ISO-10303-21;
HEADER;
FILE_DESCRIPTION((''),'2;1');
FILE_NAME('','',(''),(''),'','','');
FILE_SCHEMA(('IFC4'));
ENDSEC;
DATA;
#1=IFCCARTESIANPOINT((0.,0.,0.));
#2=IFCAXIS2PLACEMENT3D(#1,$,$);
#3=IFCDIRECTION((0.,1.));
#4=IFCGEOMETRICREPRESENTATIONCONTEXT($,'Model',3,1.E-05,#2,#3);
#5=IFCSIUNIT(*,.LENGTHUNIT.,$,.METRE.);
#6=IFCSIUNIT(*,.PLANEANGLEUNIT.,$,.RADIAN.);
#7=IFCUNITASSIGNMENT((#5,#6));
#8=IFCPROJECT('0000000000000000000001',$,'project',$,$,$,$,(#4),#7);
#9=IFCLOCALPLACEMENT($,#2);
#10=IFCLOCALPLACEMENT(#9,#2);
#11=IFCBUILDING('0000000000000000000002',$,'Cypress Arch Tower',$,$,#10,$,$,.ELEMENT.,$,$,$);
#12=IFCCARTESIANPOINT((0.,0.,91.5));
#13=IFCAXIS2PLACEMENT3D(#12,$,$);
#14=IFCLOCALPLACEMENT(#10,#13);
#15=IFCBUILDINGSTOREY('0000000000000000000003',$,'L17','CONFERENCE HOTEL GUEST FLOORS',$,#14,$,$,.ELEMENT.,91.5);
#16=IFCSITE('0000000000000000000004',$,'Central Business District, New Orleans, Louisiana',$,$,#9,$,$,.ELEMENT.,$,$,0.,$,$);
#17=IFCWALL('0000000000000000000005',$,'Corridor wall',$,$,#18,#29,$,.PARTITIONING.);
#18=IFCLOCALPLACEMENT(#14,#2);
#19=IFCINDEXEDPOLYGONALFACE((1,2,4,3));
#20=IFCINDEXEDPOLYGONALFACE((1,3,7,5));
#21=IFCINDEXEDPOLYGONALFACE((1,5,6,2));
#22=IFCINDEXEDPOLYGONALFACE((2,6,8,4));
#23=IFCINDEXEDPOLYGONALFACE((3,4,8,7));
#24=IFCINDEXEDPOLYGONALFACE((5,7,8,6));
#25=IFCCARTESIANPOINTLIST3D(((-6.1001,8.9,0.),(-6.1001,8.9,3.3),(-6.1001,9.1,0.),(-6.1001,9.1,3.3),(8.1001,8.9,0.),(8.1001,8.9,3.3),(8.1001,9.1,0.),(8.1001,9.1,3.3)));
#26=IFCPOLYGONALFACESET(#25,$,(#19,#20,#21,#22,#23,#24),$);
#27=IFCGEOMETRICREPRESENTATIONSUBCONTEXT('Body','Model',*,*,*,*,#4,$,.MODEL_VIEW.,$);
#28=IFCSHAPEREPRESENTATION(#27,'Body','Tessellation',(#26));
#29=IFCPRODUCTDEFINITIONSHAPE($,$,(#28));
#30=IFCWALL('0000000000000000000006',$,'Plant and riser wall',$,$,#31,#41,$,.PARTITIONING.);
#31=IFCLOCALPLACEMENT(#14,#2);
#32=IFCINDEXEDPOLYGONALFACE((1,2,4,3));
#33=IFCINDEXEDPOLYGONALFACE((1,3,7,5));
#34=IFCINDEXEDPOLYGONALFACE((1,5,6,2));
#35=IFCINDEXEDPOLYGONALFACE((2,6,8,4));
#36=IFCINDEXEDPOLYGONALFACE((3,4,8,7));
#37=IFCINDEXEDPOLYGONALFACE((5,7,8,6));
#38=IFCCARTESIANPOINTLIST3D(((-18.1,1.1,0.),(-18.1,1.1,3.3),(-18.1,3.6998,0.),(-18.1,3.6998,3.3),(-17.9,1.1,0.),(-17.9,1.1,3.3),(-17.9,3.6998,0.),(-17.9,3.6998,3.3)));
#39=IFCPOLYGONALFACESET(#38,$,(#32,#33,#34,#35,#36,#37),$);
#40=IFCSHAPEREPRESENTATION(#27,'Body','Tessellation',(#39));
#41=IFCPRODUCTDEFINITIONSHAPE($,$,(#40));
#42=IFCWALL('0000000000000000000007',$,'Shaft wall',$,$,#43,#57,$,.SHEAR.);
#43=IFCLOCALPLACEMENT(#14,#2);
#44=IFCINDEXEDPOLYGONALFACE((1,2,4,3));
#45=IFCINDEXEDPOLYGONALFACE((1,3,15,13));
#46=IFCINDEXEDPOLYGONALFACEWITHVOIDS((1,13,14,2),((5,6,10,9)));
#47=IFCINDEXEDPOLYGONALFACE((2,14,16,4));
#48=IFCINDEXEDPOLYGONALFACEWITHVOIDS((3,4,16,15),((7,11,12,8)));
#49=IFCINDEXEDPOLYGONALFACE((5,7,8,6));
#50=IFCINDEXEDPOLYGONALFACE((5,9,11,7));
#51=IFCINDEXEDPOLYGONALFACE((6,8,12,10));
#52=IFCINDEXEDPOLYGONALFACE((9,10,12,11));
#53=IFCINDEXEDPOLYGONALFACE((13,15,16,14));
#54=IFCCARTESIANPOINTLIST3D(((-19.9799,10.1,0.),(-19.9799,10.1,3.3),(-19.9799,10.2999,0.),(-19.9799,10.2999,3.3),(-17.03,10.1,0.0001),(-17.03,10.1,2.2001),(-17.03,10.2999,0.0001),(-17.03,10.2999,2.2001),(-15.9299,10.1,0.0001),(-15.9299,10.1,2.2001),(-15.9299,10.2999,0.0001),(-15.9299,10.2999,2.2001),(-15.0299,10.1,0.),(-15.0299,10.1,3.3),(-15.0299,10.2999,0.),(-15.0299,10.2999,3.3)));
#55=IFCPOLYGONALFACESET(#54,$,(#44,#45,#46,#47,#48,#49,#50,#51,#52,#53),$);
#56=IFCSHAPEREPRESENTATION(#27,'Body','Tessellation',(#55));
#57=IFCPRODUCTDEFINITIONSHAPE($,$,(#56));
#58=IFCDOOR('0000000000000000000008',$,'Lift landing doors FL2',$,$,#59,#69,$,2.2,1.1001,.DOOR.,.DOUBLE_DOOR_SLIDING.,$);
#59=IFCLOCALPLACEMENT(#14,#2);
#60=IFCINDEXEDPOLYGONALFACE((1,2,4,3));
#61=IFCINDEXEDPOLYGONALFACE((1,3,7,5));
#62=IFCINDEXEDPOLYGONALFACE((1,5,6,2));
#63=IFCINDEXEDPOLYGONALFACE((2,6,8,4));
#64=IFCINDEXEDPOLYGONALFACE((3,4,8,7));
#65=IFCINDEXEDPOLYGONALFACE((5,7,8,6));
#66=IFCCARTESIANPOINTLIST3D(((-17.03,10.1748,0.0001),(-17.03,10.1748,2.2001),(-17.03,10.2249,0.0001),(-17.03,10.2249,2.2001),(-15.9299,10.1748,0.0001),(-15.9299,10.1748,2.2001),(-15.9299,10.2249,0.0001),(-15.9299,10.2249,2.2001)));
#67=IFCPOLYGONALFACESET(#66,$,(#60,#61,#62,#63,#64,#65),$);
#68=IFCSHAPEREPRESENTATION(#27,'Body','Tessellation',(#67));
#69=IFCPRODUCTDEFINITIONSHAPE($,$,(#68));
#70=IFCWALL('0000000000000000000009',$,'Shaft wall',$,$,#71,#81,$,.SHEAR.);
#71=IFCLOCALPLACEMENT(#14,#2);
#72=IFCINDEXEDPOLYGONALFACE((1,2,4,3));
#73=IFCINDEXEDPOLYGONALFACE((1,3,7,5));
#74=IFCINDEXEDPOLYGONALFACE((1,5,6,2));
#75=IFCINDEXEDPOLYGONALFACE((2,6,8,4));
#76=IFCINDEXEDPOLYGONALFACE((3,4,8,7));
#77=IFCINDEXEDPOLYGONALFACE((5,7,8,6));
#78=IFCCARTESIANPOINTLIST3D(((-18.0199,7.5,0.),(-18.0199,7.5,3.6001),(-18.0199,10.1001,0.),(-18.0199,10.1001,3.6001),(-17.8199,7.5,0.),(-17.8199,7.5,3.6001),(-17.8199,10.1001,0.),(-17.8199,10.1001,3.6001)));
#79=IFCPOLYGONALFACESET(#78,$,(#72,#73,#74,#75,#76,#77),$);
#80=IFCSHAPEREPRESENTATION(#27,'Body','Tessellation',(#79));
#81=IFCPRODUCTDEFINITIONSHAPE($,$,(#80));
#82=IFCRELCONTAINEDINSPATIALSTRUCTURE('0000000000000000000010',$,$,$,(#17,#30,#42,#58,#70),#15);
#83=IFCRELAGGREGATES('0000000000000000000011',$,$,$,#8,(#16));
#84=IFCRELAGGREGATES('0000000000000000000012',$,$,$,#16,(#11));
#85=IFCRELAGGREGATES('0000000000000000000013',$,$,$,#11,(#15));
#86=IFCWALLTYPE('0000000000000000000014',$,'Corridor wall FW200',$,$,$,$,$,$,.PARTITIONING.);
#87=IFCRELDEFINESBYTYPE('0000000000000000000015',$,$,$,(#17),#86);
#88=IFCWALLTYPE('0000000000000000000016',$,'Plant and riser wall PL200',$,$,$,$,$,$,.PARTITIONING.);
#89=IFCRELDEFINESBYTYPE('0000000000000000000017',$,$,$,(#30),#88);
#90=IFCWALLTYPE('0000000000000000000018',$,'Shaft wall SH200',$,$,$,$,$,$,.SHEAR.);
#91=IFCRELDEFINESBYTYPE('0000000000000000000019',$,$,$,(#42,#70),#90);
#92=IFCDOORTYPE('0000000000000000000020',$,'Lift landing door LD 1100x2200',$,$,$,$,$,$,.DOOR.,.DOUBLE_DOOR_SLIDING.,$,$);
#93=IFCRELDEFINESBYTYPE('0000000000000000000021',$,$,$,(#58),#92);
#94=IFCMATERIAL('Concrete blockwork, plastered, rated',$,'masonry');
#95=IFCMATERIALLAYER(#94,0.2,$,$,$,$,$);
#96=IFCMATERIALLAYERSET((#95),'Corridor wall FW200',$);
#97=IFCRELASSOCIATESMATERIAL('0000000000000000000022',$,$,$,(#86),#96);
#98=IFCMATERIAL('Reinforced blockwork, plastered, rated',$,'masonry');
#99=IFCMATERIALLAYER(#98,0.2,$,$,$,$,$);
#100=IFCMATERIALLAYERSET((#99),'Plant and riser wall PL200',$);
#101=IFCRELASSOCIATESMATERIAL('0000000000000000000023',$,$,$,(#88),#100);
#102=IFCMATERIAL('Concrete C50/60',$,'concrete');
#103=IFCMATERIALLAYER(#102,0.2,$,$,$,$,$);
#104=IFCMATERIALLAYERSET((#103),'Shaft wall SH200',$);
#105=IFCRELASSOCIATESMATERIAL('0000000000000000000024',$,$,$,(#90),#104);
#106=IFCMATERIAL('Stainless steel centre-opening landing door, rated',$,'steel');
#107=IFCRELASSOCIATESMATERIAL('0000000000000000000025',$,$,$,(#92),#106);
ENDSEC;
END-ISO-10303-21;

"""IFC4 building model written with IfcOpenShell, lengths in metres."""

from ifc_helpers import new_model, si_unit, direction, frame, frame_2d, origin, place, context, subcontext, project, spatial, rectangle, extrude, material, layer, layer_set, type_object, element, fill, save


model = new_model("IFC4")

# Units and contexts
model_context = context("Model", 3, precision=1e-05, world=origin(), true_north=direction((0.0, 1.0)))
body_context = subcontext(model_context, "Body", "Model", "MODEL_VIEW")
ifc_project = project(units=[si_unit("LENGTHUNIT", "METRE"), si_unit("PLANEANGLEUNIT", "RADIAN")], contexts=[model_context])

# Site, building, storey
site_placement = place(None, origin())
site = spatial("IfcSite", under=ifc_project, at=site_placement, Name="Central Business District, New Orleans, Louisiana", CompositionType="ELEMENT", RefElevation=0.0)
building_placement = place(site_placement, origin())
building = spatial("IfcBuilding", under=site, at=building_placement, Name="Cypress Arch Tower", CompositionType="ELEMENT")
storey_placement = place(building_placement, frame((0.0, 0.0, 91.5)))
storey = spatial("IfcBuildingStorey", under=building, at=storey_placement, Name="L17", Description="CONFERENCE HOTEL GUEST FLOORS", CompositionType="ELEMENT", Elevation=91.5)

# Shared definitions
ifc_material_1 = material(Name="Concrete blockwork, plastered, rated", Category="masonry")
ifc_layer_1 = layer(ifc_material_1, 0.2)
ifc_layer_set_1 = layer_set([ifc_layer_1], Name="Corridor wall FW200")
wall_type_1 = type_object("IfcWallType", Name="Corridor wall FW200", PredefinedType="PARTITIONING", material=ifc_layer_set_1)

# Walls
wall_1_placement = place(storey_placement, frame((-6.1001, 9.0, 0.0), z_axis=(0.0, 0.0, 1.0), x_axis=(1.0, 0.0, 0.0)))
element("IfcWall", 1, at=wall_1_placement, inside=storey, type_object=wall_type_1, Name="Corridor wall", PredefinedType="PARTITIONING", context=body_context, shape_type="SweptSolid", body=[
    extrude(rectangle(XDim=14.2002, YDim=0.2, at=frame_2d((7.1001, 0.0))), origin(), (0.0, 0.0, 1.0), 3.3),
])
ifc_material_2 = material(Name="Reinforced blockwork, plastered, rated", Category="masonry")
ifc_layer_2 = layer(ifc_material_2, 0.2)
ifc_layer_set_2 = layer_set([ifc_layer_2], Name="Plant and riser wall PL200")
wall_type_2 = type_object("IfcWallType", Name="Plant and riser wall PL200", PredefinedType="PARTITIONING", material=ifc_layer_set_2)
wall_2_placement = place(storey_placement, frame((-18.0, 1.1001, 0.0), z_axis=(0.0, 0.0, 1.0), x_axis=(0.0, 1.0, 0.0)))
element("IfcWall", 2, at=wall_2_placement, inside=storey, type_object=wall_type_2, Name="Plant and riser wall", PredefinedType="PARTITIONING", context=body_context, shape_type="SweptSolid", body=[
    extrude(rectangle(XDim=2.5999, YDim=0.2, at=frame_2d((1.2998, 0.0))), origin(), (0.0, 0.0, 1.0), 3.3),
])

# Wall, opening, door
ifc_material_3 = material(Name="Concrete C50/60", Category="concrete")
ifc_layer_3 = layer(ifc_material_3, 0.2)
ifc_layer_set_3 = layer_set([ifc_layer_3], Name="Shaft wall SH200")
wall_type_3 = type_object("IfcWallType", Name="Shaft wall SH200", PredefinedType="SHEAR", material=ifc_layer_set_3)
wall_3_placement = place(storey_placement, frame((-19.98, 10.2, 0.0), z_axis=(0.0, 0.0, 1.0), x_axis=(1.0, 0.0, 0.0)))
wall_3 = element("IfcWall", 3, at=wall_3_placement, inside=storey, type_object=wall_type_3, Name="Shaft wall", PredefinedType="SHEAR", context=body_context, shape_type="SweptSolid", body=[
    extrude(rectangle(XDim=4.95, YDim=0.2, at=frame_2d((2.4751, 0.0))), origin(), (0.0, 0.0, 1.0), 3.3),
])
opening_1_placement = place(wall_3_placement, frame((2.95, 0.0, 0.0)))
opening_1 = element("IfcOpeningElement", 4, at=opening_1_placement, cuts=wall_3, PredefinedType="OPENING", context=body_context, shape_type="SweptSolid", body=[
    extrude(rectangle(XDim=1.1001, YDim=2.2, at=frame_2d((0.55, 1.1001))), frame((0.0, 0.1099, 0.0), z_axis=(0.0, -1.0, 0.0), x_axis=(1.0, 0.0, 0.0)), (0.0, 0.0, 1.0), 0.22),
])
ifc_material_4 = material(Name="Stainless steel centre-opening landing door, rated", Category="steel")
door_type_1 = type_object("IfcDoorType", Name="Lift landing door LD 1100x2200", OperationType="DOUBLE_DOOR_SLIDING", PredefinedType="DOOR", material=ifc_material_4)
door_1_placement = place(opening_1_placement, origin())
door_1 = element("IfcDoor", 5, at=door_1_placement, inside=storey, type_object=door_type_1, Name="Lift landing doors FL2", OperationType="DOUBLE_DOOR_SLIDING", OverallHeight=2.2, OverallWidth=1.1001, PredefinedType="DOOR", context=body_context, shape_type="SweptSolid", body=[
    extrude(rectangle(XDim=1.1001, YDim=2.2, at=frame_2d((0.55, 1.1001))), frame((0.0, 0.0249, 0.0), z_axis=(0.0, -1.0, 0.0), x_axis=(1.0, 0.0, 0.0)), (0.0, 0.0, 1.0), 0.05),
])
fill(opening_1, door_1)

# Wall
wall_4_placement = place(storey_placement, frame((-17.9199, 7.5, 0.0), z_axis=(0.0, 0.0, 1.0), x_axis=(0.0, 1.0, 0.0)))
element("IfcWall", 6, at=wall_4_placement, inside=storey, type_object=wall_type_3, Name="Shaft wall", PredefinedType="SHEAR", context=body_context, shape_type="SweptSolid", body=[
    extrude(rectangle(XDim=2.6001, YDim=0.2, at=frame_2d((1.3, 0.0))), origin(), (0.0, 0.0, 1.0), 3.6001),
])

save(model, "model.ifc")
